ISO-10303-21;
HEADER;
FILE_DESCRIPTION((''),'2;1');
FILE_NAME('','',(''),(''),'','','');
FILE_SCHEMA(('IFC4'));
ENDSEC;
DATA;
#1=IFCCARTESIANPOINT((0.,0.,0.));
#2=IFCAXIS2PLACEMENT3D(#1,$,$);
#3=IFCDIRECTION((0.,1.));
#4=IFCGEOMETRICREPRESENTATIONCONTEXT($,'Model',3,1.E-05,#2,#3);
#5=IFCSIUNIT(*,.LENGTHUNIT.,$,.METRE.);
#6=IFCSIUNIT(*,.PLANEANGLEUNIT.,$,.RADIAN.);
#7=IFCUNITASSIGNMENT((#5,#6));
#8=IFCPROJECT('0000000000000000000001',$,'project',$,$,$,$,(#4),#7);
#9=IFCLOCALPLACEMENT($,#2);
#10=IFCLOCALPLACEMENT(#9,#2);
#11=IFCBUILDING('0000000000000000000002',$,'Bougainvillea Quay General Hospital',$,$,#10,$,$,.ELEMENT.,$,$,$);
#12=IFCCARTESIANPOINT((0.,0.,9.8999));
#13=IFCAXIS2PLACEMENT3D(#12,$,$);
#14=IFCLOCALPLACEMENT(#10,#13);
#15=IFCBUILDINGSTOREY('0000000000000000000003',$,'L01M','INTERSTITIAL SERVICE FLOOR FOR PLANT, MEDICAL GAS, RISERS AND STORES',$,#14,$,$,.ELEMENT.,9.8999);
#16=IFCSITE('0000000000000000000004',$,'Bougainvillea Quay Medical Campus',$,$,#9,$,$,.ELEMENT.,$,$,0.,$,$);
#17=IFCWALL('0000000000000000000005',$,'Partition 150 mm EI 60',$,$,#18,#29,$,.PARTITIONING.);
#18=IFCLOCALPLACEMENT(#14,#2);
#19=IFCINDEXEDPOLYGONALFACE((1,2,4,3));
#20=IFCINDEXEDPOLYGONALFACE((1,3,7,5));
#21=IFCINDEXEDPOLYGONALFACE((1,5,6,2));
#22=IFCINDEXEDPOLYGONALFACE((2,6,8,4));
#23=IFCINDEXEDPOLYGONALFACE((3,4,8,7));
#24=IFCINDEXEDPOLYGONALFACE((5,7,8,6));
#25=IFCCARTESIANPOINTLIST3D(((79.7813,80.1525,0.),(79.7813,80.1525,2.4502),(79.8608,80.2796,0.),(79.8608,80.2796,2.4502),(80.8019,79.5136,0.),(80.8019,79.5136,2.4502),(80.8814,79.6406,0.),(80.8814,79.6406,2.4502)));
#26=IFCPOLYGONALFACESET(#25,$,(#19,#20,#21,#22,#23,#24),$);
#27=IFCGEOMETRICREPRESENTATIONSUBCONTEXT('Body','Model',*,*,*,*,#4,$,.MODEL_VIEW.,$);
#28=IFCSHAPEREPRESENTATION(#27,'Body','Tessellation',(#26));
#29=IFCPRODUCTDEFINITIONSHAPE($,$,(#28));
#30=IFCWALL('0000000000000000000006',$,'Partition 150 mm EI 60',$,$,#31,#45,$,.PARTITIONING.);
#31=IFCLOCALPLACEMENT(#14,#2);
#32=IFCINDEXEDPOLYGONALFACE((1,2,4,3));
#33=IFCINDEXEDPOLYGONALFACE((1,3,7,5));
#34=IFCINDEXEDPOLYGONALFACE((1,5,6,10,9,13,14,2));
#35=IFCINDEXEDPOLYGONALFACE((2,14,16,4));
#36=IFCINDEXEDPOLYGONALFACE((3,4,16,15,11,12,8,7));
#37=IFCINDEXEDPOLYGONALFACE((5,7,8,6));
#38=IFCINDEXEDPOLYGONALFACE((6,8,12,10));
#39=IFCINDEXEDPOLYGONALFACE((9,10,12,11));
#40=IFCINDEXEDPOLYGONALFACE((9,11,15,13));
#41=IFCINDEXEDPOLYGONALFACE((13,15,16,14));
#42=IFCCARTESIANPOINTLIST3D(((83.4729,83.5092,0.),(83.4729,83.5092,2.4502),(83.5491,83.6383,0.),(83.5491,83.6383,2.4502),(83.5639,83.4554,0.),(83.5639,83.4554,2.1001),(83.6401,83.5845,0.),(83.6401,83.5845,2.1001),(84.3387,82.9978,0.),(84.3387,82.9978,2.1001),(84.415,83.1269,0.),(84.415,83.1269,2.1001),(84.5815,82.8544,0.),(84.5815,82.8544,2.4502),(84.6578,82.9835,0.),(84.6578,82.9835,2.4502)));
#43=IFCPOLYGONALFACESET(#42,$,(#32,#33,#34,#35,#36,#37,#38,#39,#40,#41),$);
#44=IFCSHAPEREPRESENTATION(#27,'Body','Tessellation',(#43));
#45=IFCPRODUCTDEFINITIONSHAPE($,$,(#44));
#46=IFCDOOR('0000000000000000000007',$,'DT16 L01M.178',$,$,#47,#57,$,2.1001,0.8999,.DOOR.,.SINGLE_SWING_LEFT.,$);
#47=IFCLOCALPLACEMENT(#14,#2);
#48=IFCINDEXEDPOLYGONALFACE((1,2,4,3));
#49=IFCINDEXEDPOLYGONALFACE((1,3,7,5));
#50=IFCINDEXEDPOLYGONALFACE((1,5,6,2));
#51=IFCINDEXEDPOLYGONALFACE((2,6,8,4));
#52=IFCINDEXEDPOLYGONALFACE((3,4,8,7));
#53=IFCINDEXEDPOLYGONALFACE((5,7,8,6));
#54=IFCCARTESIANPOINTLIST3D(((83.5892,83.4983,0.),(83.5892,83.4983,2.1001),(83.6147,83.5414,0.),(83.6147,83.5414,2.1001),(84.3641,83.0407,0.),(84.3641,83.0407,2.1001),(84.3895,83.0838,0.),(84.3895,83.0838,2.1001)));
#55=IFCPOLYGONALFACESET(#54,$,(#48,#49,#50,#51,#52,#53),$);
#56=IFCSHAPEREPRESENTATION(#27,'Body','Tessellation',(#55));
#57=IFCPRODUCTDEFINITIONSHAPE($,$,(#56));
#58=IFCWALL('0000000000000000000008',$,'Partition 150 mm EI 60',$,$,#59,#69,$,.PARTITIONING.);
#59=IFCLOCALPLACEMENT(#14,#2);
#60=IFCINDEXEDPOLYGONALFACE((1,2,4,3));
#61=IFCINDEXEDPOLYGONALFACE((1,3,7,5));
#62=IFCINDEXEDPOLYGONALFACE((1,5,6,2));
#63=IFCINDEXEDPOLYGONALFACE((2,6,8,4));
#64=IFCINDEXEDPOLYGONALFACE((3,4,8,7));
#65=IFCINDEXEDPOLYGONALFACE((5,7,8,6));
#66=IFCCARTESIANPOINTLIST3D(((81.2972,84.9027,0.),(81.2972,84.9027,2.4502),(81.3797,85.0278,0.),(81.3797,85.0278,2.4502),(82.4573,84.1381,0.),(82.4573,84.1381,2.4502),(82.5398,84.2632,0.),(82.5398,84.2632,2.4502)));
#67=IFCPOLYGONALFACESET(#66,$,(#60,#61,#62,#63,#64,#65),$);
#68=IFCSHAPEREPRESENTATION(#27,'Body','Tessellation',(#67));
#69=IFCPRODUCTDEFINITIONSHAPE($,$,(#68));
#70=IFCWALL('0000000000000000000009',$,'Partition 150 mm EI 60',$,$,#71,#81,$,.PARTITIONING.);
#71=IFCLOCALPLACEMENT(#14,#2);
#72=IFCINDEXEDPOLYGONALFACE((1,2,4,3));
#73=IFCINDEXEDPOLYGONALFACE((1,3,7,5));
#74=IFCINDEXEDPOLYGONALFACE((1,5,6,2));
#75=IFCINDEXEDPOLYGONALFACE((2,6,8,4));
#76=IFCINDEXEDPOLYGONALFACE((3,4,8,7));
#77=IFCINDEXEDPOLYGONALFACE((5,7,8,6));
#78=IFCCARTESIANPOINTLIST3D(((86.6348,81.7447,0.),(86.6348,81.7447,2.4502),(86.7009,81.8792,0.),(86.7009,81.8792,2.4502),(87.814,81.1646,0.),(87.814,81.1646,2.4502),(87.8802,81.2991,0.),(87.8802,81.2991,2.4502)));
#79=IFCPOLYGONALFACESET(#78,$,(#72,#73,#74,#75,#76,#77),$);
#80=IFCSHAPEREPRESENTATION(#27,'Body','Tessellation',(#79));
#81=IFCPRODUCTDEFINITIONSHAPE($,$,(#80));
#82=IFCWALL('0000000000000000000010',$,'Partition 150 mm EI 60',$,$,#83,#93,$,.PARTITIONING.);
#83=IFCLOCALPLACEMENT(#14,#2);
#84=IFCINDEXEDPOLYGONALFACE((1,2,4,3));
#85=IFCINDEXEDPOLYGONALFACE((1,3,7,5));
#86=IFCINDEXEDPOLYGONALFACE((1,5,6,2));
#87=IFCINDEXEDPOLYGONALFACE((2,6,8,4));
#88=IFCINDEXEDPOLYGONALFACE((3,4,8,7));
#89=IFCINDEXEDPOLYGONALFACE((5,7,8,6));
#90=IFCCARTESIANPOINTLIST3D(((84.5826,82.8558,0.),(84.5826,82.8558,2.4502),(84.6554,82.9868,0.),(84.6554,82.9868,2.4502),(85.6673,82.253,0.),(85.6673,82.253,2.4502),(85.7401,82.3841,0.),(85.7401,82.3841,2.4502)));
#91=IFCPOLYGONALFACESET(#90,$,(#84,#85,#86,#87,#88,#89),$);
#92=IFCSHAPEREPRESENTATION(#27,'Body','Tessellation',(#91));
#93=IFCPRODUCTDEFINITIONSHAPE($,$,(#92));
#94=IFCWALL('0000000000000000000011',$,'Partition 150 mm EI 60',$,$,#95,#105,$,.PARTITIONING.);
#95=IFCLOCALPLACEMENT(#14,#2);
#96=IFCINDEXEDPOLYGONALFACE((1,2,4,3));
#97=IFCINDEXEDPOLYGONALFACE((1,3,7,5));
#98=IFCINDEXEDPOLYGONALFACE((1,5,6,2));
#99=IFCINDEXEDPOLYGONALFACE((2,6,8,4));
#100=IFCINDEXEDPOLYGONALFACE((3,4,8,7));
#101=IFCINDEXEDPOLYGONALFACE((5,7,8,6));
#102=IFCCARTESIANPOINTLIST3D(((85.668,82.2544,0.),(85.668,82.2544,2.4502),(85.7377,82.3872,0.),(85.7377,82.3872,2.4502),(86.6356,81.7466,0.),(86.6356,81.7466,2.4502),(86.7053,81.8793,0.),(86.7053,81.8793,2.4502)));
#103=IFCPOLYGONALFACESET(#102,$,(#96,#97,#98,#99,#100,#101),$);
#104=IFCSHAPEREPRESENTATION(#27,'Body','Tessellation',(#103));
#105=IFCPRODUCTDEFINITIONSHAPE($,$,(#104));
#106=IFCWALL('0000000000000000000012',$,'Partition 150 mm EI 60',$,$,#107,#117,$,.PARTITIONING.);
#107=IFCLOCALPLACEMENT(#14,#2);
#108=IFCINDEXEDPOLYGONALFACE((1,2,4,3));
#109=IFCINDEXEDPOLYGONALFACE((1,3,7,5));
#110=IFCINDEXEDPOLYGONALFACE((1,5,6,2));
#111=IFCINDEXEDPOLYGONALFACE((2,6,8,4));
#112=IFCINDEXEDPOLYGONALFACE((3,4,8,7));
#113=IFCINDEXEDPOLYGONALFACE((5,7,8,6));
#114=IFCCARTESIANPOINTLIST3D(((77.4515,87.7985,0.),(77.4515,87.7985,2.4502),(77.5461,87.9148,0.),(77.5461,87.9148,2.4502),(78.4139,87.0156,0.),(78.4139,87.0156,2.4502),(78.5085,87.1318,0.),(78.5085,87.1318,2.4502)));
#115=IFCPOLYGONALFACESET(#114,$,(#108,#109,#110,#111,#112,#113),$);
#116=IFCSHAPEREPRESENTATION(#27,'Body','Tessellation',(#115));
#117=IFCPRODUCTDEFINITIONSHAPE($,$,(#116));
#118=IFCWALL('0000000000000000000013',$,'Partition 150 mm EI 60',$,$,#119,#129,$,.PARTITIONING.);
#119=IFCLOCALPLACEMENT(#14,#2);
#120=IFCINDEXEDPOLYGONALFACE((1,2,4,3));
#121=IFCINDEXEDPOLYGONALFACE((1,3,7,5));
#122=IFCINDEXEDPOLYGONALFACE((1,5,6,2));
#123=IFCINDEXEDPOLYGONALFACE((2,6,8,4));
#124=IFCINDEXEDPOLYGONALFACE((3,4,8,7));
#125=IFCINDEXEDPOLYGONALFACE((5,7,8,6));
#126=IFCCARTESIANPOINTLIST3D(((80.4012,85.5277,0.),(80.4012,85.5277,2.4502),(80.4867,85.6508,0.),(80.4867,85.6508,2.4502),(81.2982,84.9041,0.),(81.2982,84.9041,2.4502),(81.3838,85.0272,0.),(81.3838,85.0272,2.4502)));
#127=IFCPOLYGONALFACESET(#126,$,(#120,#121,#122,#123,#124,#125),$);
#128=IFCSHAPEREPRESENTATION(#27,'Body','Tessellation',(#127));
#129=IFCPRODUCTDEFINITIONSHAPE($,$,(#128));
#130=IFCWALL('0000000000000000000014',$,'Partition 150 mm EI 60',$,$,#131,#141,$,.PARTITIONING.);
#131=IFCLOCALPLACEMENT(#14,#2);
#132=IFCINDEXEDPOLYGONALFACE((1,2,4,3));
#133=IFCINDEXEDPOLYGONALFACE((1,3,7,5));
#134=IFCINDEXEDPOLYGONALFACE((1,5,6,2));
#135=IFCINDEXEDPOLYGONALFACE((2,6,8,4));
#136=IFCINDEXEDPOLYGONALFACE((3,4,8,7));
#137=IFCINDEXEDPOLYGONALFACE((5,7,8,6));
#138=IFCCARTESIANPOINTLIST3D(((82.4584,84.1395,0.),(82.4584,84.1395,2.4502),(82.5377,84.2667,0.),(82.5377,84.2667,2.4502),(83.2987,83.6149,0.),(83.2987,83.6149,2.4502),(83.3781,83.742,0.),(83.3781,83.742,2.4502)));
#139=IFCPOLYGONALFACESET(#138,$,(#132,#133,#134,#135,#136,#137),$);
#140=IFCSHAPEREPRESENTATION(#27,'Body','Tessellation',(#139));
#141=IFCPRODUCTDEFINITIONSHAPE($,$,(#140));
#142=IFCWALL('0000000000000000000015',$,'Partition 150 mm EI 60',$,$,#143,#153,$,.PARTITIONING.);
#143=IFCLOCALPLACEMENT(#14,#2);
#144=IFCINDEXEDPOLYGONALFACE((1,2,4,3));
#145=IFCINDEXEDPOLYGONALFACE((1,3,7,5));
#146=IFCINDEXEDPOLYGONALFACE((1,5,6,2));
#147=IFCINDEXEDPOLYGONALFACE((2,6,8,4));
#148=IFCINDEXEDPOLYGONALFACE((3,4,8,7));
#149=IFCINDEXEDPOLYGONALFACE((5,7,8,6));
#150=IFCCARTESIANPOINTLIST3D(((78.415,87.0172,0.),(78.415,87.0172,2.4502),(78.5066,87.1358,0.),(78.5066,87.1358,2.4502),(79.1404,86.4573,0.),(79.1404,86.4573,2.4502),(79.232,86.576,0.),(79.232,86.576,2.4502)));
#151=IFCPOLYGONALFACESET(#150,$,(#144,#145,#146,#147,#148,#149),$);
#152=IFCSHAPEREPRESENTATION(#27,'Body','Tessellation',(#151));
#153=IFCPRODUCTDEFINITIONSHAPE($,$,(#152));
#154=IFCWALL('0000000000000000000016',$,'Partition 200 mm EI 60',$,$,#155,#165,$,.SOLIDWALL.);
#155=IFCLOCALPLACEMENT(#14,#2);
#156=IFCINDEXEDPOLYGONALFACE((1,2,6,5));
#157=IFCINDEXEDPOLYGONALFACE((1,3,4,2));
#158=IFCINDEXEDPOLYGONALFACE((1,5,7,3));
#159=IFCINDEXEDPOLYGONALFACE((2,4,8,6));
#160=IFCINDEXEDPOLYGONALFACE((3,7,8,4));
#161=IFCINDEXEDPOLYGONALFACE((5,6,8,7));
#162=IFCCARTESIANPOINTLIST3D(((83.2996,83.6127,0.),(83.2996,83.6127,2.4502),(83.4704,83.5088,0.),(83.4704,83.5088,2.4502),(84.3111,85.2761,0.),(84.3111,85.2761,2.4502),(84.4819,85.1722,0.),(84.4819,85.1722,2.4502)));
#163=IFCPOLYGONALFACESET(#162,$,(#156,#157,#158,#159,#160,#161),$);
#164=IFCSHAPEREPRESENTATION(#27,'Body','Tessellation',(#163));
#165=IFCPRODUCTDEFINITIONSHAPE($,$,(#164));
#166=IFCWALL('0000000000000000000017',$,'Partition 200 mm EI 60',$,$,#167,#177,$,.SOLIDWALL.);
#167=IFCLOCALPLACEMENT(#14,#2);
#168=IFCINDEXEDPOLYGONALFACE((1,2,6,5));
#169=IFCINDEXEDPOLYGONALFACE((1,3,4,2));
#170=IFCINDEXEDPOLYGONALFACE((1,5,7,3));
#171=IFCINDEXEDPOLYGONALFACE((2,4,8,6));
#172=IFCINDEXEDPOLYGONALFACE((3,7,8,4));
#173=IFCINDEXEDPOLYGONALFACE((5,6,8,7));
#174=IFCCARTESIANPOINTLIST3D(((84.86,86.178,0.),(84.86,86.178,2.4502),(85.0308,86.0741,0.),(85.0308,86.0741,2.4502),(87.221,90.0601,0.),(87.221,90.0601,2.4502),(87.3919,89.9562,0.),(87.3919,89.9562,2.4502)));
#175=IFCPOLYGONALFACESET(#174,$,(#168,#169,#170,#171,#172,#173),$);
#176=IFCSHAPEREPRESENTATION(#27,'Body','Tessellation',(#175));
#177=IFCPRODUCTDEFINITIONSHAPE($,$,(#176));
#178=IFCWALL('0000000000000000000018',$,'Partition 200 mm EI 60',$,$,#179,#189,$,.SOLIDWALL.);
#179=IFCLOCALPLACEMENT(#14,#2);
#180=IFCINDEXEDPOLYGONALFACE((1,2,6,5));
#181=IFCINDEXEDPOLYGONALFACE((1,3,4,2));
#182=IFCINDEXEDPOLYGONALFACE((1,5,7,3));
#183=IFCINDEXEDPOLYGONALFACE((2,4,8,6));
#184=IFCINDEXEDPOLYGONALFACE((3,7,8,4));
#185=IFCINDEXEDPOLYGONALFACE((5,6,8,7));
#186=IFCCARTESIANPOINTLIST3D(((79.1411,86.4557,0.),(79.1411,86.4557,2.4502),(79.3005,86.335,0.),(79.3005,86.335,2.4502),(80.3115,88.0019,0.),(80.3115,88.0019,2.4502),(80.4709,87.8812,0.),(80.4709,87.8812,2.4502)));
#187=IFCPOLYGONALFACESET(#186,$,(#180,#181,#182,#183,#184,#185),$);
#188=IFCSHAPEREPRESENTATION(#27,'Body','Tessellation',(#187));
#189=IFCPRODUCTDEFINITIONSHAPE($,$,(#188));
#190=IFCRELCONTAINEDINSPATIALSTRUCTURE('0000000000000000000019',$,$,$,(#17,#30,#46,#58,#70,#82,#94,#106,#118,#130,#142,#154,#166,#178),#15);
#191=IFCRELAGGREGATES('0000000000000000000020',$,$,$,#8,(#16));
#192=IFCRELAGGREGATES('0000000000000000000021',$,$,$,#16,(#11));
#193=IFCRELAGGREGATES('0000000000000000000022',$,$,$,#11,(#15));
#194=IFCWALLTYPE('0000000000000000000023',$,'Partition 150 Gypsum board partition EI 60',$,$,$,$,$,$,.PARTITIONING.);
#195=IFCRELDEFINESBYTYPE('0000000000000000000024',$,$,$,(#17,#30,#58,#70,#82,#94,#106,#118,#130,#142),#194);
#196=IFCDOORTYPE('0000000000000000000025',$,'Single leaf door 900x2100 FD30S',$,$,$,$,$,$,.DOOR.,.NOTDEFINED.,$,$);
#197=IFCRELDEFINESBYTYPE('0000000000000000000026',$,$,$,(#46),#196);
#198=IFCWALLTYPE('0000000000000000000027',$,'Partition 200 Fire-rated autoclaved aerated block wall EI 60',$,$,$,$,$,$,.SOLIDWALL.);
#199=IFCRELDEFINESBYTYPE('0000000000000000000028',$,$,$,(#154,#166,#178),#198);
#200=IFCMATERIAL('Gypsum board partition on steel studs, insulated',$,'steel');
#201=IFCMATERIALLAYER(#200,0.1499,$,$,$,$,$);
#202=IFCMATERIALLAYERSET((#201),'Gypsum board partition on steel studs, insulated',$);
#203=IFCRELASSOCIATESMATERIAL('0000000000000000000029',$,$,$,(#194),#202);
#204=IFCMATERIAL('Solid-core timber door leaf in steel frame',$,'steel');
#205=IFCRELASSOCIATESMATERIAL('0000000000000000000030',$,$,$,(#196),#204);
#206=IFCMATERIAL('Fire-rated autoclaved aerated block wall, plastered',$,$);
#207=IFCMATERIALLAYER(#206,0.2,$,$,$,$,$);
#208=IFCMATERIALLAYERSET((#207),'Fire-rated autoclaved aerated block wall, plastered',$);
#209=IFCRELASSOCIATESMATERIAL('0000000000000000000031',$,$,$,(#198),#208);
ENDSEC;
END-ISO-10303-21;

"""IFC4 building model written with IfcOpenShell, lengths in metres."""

from ifc_helpers import new_model, si_unit, direction, frame, frame_2d, origin, place, context, subcontext, project, spatial, rectangle, extrude, material, layer, layer_set, type_object, element, fill, save


model = new_model("IFC4")

# Units and contexts
model_context = context("Model", 3, precision=1e-05, world=origin(), true_north=direction((0.0, 1.0)))
body_context = subcontext(model_context, "Body", "Model", "MODEL_VIEW")
ifc_project = project(units=[si_unit("LENGTHUNIT", "METRE"), si_unit("PLANEANGLEUNIT", "RADIAN")], contexts=[model_context])

# Site, building, storey
site_placement = place(None, origin())
site = spatial("IfcSite", under=ifc_project, at=site_placement, Name="Bougainvillea Quay Medical Campus", CompositionType="ELEMENT", RefElevation=0.0)
building_placement = place(site_placement, origin())
building = spatial("IfcBuilding", under=site, at=building_placement, Name="Bougainvillea Quay General Hospital", CompositionType="ELEMENT")
storey_placement = place(building_placement, frame((0.0, 0.0, 9.8999)))
storey = spatial("IfcBuildingStorey", under=building, at=storey_placement, Name="L01M", Description="INTERSTITIAL SERVICE FLOOR FOR PLANT, MEDICAL GAS, RISERS AND STORES", CompositionType="ELEMENT", Elevation=9.8999)

# Shared definitions
ifc_material_1 = material(Name="Gypsum board partition on steel studs, insulated", Category="steel")
ifc_layer_1 = layer(ifc_material_1, 0.1499)
ifc_layer_set_1 = layer_set([ifc_layer_1], Name="Gypsum board partition on steel studs, insulated")
wall_type_1 = type_object("IfcWallType", Name="Partition 150 Gypsum board partition EI 60", PredefinedType="PARTITIONING", material=ifc_layer_set_1)
ifc_material_2 = material(Name="Solid-core timber door leaf in steel frame", Category="steel")
door_type = type_object("IfcDoorType", Name="Single leaf door 900x2100 FD30S", OperationType="NOTDEFINED", PredefinedType="DOOR", material=ifc_material_2)

# Wall
wall_1_placement = place(storey_placement, frame((79.821, 80.2161, 0.0), z_axis=(0.0, 0.0, 1.0), x_axis=(0.847588, -0.530655, 0.0)))
element("IfcWall", 1, at=wall_1_placement, inside=storey, type_object=wall_type_1, Name="Partition 150 mm EI 60", PredefinedType="PARTITIONING", context=body_context, shape_type="SweptSolid", body=[
    extrude(rectangle(XDim=1.2041, YDim=0.1499, at=frame_2d((0.6021, 0.0))), origin(), (0.0, 0.0, 1.0), 2.4502),
])

# Wall, opening, door
wall_2_placement = place(storey_placement, frame((83.511, 83.5737, 0.0), z_axis=(0.0, 0.0, 1.0), x_axis=(0.861036, -0.508544, 0.0)))
wall_2 = element("IfcWall", 2, at=wall_2_placement, inside=storey, type_object=wall_type_1, Name="Partition 150 mm EI 60", PredefinedType="PARTITIONING", context=body_context, shape_type="SweptSolid", body=[
    extrude(rectangle(XDim=1.2876, YDim=0.1499, at=frame_2d((0.6438, 0.0))), origin(), (0.0, 0.0, 1.0), 2.4502),
])
opening_1_placement = place(wall_2_placement, frame((0.1057, 0.0, 0.0)))
opening_1 = element("IfcOpeningElement", 3, at=opening_1_placement, cuts=wall_2, PredefinedType="OPENING", context=body_context, shape_type="SweptSolid", body=[
    extrude(rectangle(XDim=0.8999, YDim=2.1001, at=frame_2d((0.45, 1.05))), frame((0.0, 0.085, 0.0), z_axis=(0.0, -1.0, 0.0), x_axis=(1.0, 0.0, 0.0)), (0.0, 0.0, 1.0), 0.1699),
])
door_1_placement = place(opening_1_placement, origin())
door_1 = element("IfcDoor", 4, at=door_1_placement, inside=storey, type_object=door_type, Name="DT16 L01M.178", OperationType="SINGLE_SWING_LEFT", OverallHeight=2.1001, OverallWidth=0.8999, PredefinedType="DOOR", context=body_context, shape_type="SweptSolid", body=[
    extrude(rectangle(XDim=0.8999, YDim=2.1001, at=frame_2d((0.45, 1.05))), frame((0.0, 0.0249, 0.0), z_axis=(0.0, -1.0, 0.0), x_axis=(1.0, 0.0, 0.0)), (0.0, 0.0, 1.0), 0.05),
])
fill(opening_1, door_1)

# Walls
wall_3_placement = place(storey_placement, frame((81.3384, 84.9653, 0.0), z_axis=(0.0, 0.0, 1.0), x_axis=(0.834958, -0.550313, 0.0)))
element("IfcWall", 5, at=wall_3_placement, inside=storey, type_object=wall_type_1, Name="Partition 150 mm EI 60", PredefinedType="PARTITIONING", context=body_context, shape_type="SweptSolid", body=[
    extrude(rectangle(XDim=1.3894, YDim=0.1499, at=frame_2d((0.6948, 0.0))), origin(), (0.0, 0.0, 1.0), 2.4502),
])
wall_4_placement = place(storey_placement, frame((86.6677, 81.812, 0.0), z_axis=(0.0, 0.0, 1.0), x_axis=(0.897307, -0.441408, 0.0)))
element("IfcWall", 6, at=wall_4_placement, inside=storey, type_object=wall_type_1, Name="Partition 150 mm EI 60", PredefinedType="PARTITIONING", context=body_context, shape_type="SweptSolid", body=[
    extrude(rectangle(XDim=1.3142, YDim=0.1499, at=frame_2d((0.6572, 0.0))), origin(), (0.0, 0.0, 1.0), 2.4502),
])
wall_5_placement = place(storey_placement, frame((84.6189, 82.9214, 0.0), z_axis=(0.0, 0.0, 1.0), x_axis=(0.874102, -0.485743, 0.0)))
element("IfcWall", 7, at=wall_5_placement, inside=storey, type_object=wall_type_1, Name="Partition 150 mm EI 60", PredefinedType="PARTITIONING", context=body_context, shape_type="SweptSolid", body=[
    extrude(rectangle(XDim=1.241, YDim=0.1499, at=frame_2d((0.6206, 0.0))), origin(), (0.0, 0.0, 1.0), 2.4502),
])
wall_6_placement = place(storey_placement, frame((85.7029, 82.3208, 0.0), z_axis=(0.0, 0.0, 1.0), x_axis=(0.885451, -0.464733, 0.0)))
element("IfcWall", 8, at=wall_6_placement, inside=storey, type_object=wall_type_1, Name="Partition 150 mm EI 60", PredefinedType="PARTITIONING", context=body_context, shape_type="SweptSolid", body=[
    extrude(rectangle(XDim=1.0928, YDim=0.1499, at=frame_2d((0.5464, 0.0))), origin(), (0.0, 0.0, 1.0), 2.4502),
])
wall_7_placement = place(storey_placement, frame((77.4988, 87.8567, 0.0), z_axis=(0.0, 0.0, 1.0), x_axis=(0.775717, -0.631081, 0.0)))
element("IfcWall", 9, at=wall_7_placement, inside=storey, type_object=wall_type_1, Name="Partition 150 mm EI 60", PredefinedType="PARTITIONING", context=body_context, shape_type="SweptSolid", body=[
    extrude(rectangle(XDim=1.2407, YDim=0.1499, at=frame_2d((0.6204, 0.0))), origin(), (0.0, 0.0, 1.0), 2.4502),
])
wall_8_placement = place(storey_placement, frame((80.4438, 85.5894, 0.0), z_axis=(0.0, 0.0, 1.0), x_axis=(0.821096, -0.570789, 0.0)))
element("IfcWall", 10, at=wall_8_placement, inside=storey, type_object=wall_type_1, Name="Partition 150 mm EI 60", PredefinedType="PARTITIONING", context=body_context, shape_type="SweptSolid", body=[
    extrude(rectangle(XDim=1.0925, YDim=0.1499, at=frame_2d((0.5464, 0.0))), origin(), (0.0, 0.0, 1.0), 2.4502),
])
wall_9_placement = place(storey_placement, frame((82.498, 84.2031, 0.0), z_axis=(0.0, 0.0, 1.0), x_axis=(0.848247, -0.5296, 0.0)))
element("IfcWall", 11, at=wall_9_placement, inside=storey, type_object=wall_type_1, Name="Partition 150 mm EI 60", PredefinedType="PARTITIONING", context=body_context, shape_type="SweptSolid", body=[
    extrude(rectangle(XDim=0.9907, YDim=0.1499, at=frame_2d((0.4954, 0.0))), origin(), (0.0, 0.0, 1.0), 2.4502),
])
wall_10_placement = place(storey_placement, frame((78.4609, 87.0764, 0.0), z_axis=(0.0, 0.0, 1.0), x_axis=(0.791642, -0.610985, 0.0)))
element("IfcWall", 12, at=wall_10_placement, inside=storey, type_object=wall_type_1, Name="Partition 150 mm EI 60", PredefinedType="PARTITIONING", context=body_context, shape_type="SweptSolid", body=[
    extrude(rectangle(XDim=0.9163, YDim=0.1499, at=frame_2d((0.458, 0.0))), origin(), (0.0, 0.0, 1.0), 2.4502),
])
ifc_material_3 = material(Name="Fire-rated autoclaved aerated block wall, plastered")
ifc_layer_2 = layer(ifc_material_3, 0.2)
ifc_layer_set_2 = layer_set([ifc_layer_2], Name="Fire-rated autoclaved aerated block wall, plastered")
wall_type_2 = type_object("IfcWallType", Name="Partition 200 Fire-rated autoclaved aerated block wall EI 60", PredefinedType="SOLIDWALL", material=ifc_layer_set_2)
wall_11_placement = place(storey_placement, frame((83.385, 83.5608, 0.0), z_axis=(0.0, 0.0, 1.0), x_axis=(0.519577, 0.854424, 0.0)))
element("IfcWall", 13, at=wall_11_placement, inside=storey, type_object=wall_type_2, Name="Partition 200 mm EI 60", PredefinedType="SOLIDWALL", context=body_context, shape_type="SweptSolid", body=[
    extrude(rectangle(XDim=1.9468, YDim=0.2, at=frame_2d((0.9734, 0.0))), origin(), (0.0, 0.0, 1.0), 2.4502),
])
wall_12_placement = place(storey_placement, frame((84.9453, 86.126, 0.0), z_axis=(0.0, 0.0, 1.0), x_axis=(0.519638, 0.854386, 0.0)))
element("IfcWall", 14, at=wall_12_placement, inside=storey, type_object=wall_type_2, Name="Partition 200 mm EI 60", PredefinedType="SOLIDWALL", context=body_context, shape_type="SweptSolid", body=[
    extrude(rectangle(XDim=4.5437, YDim=0.2, at=frame_2d((2.272, 0.0))), origin(), (0.0, 0.0, 1.0), 2.4502),
])
wall_13_placement = place(storey_placement, frame((79.2207, 86.3953, 0.0), z_axis=(0.0, 0.0, 1.0), x_axis=(0.603559, 0.797318, 0.0)))
element("IfcWall", 15, at=wall_13_placement, inside=storey, type_object=wall_type_2, Name="Partition 200 mm EI 60", PredefinedType="SOLIDWALL", context=body_context, shape_type="SweptSolid", body=[
    extrude(rectangle(XDim=1.9392, YDim=0.2, at=frame_2d((0.9697, 0.0))), origin(), (0.0, 0.0, 1.0), 2.4502),
])

save(model, "model.ifc")
